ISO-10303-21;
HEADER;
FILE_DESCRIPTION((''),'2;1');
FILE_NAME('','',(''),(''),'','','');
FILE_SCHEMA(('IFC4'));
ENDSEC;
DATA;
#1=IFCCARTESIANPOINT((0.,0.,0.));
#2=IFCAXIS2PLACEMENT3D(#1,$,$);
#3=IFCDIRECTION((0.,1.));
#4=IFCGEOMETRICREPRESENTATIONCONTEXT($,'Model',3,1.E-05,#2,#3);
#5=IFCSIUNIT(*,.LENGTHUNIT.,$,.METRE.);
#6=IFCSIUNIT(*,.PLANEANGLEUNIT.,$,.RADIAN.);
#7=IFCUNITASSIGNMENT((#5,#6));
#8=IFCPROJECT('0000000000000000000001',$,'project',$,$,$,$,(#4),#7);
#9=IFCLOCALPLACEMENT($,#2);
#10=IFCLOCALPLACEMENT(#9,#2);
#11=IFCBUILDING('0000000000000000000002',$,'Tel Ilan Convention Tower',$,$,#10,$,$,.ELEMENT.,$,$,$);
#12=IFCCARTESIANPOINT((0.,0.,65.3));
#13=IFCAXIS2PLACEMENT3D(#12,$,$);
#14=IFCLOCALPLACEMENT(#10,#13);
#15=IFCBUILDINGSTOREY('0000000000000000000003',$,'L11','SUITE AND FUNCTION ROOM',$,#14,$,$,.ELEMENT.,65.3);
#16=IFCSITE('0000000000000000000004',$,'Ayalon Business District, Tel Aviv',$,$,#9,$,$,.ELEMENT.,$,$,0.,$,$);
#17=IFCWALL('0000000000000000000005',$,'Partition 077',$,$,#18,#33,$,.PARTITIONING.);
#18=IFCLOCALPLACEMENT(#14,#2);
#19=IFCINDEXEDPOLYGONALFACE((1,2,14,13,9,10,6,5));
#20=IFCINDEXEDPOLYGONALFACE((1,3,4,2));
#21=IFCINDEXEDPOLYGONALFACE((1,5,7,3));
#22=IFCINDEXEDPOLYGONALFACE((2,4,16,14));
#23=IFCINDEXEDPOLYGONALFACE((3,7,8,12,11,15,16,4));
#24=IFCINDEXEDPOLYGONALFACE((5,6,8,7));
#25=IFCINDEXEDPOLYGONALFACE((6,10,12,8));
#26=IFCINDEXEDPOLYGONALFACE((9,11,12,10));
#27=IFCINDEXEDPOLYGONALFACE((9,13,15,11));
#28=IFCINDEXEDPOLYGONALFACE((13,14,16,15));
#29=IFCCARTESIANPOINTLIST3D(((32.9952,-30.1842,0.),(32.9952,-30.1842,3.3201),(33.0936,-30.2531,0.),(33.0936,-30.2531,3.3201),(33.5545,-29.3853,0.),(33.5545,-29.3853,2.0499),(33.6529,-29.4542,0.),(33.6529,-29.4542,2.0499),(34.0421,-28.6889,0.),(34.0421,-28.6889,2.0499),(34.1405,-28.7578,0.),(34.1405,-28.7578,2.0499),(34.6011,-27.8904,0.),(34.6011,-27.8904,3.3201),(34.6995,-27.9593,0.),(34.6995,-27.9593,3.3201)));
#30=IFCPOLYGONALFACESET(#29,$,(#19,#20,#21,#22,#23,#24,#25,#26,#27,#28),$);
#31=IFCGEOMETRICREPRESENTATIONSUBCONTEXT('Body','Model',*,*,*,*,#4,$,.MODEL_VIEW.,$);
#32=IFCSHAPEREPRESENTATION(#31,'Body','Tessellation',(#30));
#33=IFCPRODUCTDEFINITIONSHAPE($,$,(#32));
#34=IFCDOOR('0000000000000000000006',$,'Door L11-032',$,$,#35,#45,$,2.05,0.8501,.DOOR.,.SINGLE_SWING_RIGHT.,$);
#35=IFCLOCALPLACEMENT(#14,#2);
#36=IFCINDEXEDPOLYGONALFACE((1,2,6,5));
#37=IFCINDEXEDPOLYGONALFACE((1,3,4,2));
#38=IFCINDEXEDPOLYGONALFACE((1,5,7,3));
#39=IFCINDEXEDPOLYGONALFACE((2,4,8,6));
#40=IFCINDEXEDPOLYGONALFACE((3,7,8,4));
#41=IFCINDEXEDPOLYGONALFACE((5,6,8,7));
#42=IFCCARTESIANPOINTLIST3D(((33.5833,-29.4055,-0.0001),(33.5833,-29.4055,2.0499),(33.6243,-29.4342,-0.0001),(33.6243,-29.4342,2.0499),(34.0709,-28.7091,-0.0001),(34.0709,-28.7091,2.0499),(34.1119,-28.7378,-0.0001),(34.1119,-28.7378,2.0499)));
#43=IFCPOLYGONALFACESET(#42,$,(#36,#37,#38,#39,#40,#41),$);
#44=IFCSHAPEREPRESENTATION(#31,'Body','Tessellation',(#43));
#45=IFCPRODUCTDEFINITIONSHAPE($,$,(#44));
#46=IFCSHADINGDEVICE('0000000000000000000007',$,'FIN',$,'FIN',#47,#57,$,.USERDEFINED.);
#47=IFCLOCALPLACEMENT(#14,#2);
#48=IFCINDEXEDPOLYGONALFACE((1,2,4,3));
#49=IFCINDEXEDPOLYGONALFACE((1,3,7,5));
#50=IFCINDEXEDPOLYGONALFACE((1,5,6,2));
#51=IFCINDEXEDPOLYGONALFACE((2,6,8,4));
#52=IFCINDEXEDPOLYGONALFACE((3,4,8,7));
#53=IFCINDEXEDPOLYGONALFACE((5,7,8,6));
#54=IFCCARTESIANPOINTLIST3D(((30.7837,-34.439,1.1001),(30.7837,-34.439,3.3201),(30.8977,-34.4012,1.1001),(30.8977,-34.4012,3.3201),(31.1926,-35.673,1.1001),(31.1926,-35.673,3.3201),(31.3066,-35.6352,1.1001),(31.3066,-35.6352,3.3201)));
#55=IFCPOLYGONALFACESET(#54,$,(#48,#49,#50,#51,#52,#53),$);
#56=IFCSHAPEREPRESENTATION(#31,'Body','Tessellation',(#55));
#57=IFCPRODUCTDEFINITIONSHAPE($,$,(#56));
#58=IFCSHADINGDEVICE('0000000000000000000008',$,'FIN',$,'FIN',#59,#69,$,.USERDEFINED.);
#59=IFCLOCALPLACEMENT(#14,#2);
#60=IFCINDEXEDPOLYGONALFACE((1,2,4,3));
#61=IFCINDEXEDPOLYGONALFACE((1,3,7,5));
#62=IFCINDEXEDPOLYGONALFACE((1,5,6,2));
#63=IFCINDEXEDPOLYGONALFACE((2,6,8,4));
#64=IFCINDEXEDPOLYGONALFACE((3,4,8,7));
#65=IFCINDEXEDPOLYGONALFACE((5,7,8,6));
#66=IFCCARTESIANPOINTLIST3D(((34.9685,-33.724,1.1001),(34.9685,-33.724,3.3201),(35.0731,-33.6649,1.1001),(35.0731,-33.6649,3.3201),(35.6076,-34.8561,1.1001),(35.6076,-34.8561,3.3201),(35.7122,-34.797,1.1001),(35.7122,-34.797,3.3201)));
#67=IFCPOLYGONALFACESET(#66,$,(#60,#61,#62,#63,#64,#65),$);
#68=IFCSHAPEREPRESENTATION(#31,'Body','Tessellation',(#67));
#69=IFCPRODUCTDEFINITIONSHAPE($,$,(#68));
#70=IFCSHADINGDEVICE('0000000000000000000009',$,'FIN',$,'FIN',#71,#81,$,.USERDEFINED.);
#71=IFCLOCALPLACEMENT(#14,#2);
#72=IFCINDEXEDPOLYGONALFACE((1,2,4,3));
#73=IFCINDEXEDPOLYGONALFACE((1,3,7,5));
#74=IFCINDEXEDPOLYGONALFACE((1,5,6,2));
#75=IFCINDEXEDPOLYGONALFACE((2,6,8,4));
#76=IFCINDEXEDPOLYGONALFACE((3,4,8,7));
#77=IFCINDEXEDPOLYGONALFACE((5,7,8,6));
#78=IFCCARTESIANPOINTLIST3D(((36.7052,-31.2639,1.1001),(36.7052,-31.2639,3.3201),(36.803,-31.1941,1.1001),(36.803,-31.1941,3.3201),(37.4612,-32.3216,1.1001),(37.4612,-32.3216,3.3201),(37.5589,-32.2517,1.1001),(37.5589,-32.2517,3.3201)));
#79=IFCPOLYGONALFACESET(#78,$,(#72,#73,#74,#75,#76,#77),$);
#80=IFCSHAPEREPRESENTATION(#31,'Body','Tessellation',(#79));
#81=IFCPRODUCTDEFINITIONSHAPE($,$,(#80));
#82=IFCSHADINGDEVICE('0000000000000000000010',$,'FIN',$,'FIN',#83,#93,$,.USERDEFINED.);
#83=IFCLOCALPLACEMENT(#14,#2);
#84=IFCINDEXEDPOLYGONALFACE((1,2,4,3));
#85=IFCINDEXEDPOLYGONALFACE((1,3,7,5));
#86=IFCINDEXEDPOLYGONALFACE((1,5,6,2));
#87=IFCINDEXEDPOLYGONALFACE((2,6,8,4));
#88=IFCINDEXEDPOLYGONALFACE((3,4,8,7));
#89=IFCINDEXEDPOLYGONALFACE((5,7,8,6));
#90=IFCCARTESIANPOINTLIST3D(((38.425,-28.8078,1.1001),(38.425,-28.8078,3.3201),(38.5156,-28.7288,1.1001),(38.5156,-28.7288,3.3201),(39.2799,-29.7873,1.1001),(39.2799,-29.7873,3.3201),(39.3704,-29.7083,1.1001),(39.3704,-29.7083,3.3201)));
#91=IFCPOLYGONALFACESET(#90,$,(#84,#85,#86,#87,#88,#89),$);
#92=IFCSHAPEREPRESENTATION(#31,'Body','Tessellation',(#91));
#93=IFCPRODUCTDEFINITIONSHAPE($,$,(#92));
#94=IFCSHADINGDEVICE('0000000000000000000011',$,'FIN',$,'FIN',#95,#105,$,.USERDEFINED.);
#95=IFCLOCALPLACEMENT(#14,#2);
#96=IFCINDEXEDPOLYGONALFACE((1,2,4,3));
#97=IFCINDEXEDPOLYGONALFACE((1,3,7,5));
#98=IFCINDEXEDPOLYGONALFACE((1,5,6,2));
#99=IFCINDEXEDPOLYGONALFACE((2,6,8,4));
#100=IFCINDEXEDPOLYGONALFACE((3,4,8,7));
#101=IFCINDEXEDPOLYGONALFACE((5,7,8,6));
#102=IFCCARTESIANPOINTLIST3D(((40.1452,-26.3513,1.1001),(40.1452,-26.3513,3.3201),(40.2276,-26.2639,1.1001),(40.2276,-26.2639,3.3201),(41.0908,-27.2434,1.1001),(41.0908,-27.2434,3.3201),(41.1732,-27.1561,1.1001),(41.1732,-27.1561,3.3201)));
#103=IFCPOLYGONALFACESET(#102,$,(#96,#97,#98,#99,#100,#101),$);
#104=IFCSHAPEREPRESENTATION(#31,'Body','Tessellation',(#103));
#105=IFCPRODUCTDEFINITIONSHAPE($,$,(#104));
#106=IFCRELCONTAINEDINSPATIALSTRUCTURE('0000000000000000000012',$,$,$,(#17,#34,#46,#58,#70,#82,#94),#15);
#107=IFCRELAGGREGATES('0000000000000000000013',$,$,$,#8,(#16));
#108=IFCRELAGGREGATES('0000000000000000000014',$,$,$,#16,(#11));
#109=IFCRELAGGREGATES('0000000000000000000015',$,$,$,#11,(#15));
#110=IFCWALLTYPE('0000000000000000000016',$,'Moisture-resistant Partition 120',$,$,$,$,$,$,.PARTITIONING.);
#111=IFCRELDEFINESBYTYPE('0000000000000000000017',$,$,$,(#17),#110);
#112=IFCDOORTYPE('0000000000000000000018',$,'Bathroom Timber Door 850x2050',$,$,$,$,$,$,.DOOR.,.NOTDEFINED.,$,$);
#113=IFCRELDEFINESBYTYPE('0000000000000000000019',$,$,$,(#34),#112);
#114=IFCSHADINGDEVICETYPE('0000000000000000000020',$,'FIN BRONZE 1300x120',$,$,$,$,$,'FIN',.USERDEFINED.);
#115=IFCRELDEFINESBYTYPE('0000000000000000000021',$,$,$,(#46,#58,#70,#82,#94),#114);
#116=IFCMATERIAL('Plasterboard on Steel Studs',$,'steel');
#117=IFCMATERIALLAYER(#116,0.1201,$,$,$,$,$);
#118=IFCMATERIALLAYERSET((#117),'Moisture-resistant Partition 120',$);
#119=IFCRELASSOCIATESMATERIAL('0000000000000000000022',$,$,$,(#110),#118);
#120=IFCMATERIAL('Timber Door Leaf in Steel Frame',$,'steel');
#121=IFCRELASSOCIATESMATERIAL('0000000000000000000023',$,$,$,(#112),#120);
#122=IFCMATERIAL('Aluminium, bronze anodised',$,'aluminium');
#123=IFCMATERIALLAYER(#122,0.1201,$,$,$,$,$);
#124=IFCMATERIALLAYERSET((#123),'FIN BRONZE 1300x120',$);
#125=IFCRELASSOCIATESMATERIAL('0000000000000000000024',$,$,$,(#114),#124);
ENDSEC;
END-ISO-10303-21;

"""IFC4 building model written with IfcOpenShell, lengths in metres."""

from ifc_helpers import new_model, si_unit, direction, frame, frame_2d, origin, origin_2d, place, context, subcontext, project, spatial, rectangle, extrude, material, layer, layer_set, type_object, element, fill, save


model = new_model("IFC4")

# Units and contexts
model_context = context("Model", 3, precision=1e-05, world=origin(), true_north=direction((0.0, 1.0)))
body_context = subcontext(model_context, "Body", "Model", "MODEL_VIEW")
ifc_project = project(units=[si_unit("LENGTHUNIT", "METRE"), si_unit("PLANEANGLEUNIT", "RADIAN")], contexts=[model_context])

# Site, building, storey
site_placement = place(None, origin())
site = spatial("IfcSite", under=ifc_project, at=site_placement, Name="Ayalon Business District, Tel Aviv", CompositionType="ELEMENT", RefElevation=0.0)
building_placement = place(site_placement, origin())
building = spatial("IfcBuilding", under=site, at=building_placement, Name="Tel Ilan Convention Tower", CompositionType="ELEMENT")
storey_placement = place(building_placement, frame((0.0, 0.0, 65.3)))
storey = spatial("IfcBuildingStorey", under=building, at=storey_placement, Name="L11", Description="SUITE AND FUNCTION ROOM", CompositionType="ELEMENT", Elevation=65.3)

# Shared definitions
ifc_material_1 = material(Name="Plasterboard on Steel Studs", Category="steel")
ifc_layer_1 = layer(ifc_material_1, 0.1201)
ifc_layer_set_1 = layer_set([ifc_layer_1], Name="Moisture-resistant Partition 120")
wall_type_1 = type_object("IfcWallType", Name="Moisture-resistant Partition 120", PredefinedType="PARTITIONING", material=ifc_layer_set_1)

# Wall, opening, door
wall_1_placement = place(storey_placement, frame((33.0444, -30.2185, 0.0), z_axis=(0.0, 0.0, 1.0), x_axis=(0.57355, 0.81917, 0.0)))
wall_1 = element("IfcWall", 1, at=wall_1_placement, inside=storey, type_object=wall_type_1, Name="Partition 077", PredefinedType="PARTITIONING", context=body_context, shape_type="SweptSolid", body=[
    extrude(rectangle(XDim=2.8, YDim=0.1201, at=frame_2d((1.3999, 0.0))), origin(), (0.0, 0.0, 1.0), 3.3201),
])
opening_1_placement = place(wall_1_placement, frame((0.9751, 0.0, 0.0)))
opening_1 = element("IfcOpeningElement", 2, at=opening_1_placement, cuts=wall_1, PredefinedType="OPENING", context=body_context, shape_type="SweptSolid", body=[
    extrude(rectangle(XDim=0.8501, YDim=2.05, at=frame_2d((0.425, 1.0249))), frame((0.0, 0.0701, 0.0), z_axis=(0.0, -1.0, 0.0), x_axis=(1.0, 0.0, 0.0)), (0.0, 0.0, 1.0), 0.1401),
])
ifc_material_2 = material(Name="Timber Door Leaf in Steel Frame", Category="steel")
door_type_1 = type_object("IfcDoorType", Name="Bathroom Timber Door 850x2050", OperationType="NOTDEFINED", PredefinedType="DOOR", material=ifc_material_2)
door_1_placement = place(opening_1_placement, origin())
door_1 = element("IfcDoor", 3, at=door_1_placement, inside=storey, type_object=door_type_1, Name="Door L11-032", OperationType="SINGLE_SWING_RIGHT", OverallHeight=2.05, OverallWidth=0.8501, PredefinedType="DOOR", context=body_context, shape_type="SweptSolid", body=[
    extrude(rectangle(XDim=0.8501, YDim=2.05, at=frame_2d((0.425, 1.0249))), frame((0.0, 0.0249, 0.0), z_axis=(0.0, -1.0, 0.0), x_axis=(1.0, 0.0, 0.0)), (0.0, 0.0, 1.0), 0.05),
])
fill(opening_1, door_1)

# Shading devices
ifc_material_3 = material(Name="Aluminium, bronze anodised", Category="aluminium")
ifc_layer_2 = layer(ifc_material_3, 0.1201)
ifc_layer_set_2 = layer_set([ifc_layer_2], Name="FIN BRONZE 1300x120")
shading_device_type = type_object("IfcShadingDeviceType", Name="FIN BRONZE 1300x120", ElementType="FIN", PredefinedType="USERDEFINED", material=ifc_layer_set_2)
for number, where, z_axis, x_axis, name in (
    (4, (31.0452, -35.0371, 1.1001), (0.0, 0.0, 1.0), (0.314545, -0.949243, 0.0), "FIN"),
    (5, (35.3403, -34.2605, 1.1001), (0.0, 0.0, 1.0), (0.491579, -0.870833, 0.0), "FIN"),
    (6, (37.1321, -31.7578, 1.1001), (0.0, 0.0, 1.0), (0.581492, -0.813552, 0.0), "FIN"),
    (7, (38.8977, -29.2581, 1.1001), (0.0, 0.0, 1.0), (0.657521, -0.753436, 0.0), "FIN"),
    (8, (40.6592, -26.7537, 1.1001), (0.0, 0.0, 1.0), (0.727374, -0.686242, 0.0), "FIN"),
):
    element("IfcShadingDevice", number, at=place(storey_placement, frame(where, z_axis=z_axis, x_axis=x_axis)), inside=storey, type_object=shading_device_type, Name=name, ObjectType="FIN", PredefinedType="USERDEFINED", context=body_context, shape_type="SweptSolid", body=[
        extrude(rectangle(XDim=1.3, YDim=0.1201, at=origin_2d()), origin(), (0.0, 0.0, 1.0), 2.22),
    ])

save(model, "model.ifc")
